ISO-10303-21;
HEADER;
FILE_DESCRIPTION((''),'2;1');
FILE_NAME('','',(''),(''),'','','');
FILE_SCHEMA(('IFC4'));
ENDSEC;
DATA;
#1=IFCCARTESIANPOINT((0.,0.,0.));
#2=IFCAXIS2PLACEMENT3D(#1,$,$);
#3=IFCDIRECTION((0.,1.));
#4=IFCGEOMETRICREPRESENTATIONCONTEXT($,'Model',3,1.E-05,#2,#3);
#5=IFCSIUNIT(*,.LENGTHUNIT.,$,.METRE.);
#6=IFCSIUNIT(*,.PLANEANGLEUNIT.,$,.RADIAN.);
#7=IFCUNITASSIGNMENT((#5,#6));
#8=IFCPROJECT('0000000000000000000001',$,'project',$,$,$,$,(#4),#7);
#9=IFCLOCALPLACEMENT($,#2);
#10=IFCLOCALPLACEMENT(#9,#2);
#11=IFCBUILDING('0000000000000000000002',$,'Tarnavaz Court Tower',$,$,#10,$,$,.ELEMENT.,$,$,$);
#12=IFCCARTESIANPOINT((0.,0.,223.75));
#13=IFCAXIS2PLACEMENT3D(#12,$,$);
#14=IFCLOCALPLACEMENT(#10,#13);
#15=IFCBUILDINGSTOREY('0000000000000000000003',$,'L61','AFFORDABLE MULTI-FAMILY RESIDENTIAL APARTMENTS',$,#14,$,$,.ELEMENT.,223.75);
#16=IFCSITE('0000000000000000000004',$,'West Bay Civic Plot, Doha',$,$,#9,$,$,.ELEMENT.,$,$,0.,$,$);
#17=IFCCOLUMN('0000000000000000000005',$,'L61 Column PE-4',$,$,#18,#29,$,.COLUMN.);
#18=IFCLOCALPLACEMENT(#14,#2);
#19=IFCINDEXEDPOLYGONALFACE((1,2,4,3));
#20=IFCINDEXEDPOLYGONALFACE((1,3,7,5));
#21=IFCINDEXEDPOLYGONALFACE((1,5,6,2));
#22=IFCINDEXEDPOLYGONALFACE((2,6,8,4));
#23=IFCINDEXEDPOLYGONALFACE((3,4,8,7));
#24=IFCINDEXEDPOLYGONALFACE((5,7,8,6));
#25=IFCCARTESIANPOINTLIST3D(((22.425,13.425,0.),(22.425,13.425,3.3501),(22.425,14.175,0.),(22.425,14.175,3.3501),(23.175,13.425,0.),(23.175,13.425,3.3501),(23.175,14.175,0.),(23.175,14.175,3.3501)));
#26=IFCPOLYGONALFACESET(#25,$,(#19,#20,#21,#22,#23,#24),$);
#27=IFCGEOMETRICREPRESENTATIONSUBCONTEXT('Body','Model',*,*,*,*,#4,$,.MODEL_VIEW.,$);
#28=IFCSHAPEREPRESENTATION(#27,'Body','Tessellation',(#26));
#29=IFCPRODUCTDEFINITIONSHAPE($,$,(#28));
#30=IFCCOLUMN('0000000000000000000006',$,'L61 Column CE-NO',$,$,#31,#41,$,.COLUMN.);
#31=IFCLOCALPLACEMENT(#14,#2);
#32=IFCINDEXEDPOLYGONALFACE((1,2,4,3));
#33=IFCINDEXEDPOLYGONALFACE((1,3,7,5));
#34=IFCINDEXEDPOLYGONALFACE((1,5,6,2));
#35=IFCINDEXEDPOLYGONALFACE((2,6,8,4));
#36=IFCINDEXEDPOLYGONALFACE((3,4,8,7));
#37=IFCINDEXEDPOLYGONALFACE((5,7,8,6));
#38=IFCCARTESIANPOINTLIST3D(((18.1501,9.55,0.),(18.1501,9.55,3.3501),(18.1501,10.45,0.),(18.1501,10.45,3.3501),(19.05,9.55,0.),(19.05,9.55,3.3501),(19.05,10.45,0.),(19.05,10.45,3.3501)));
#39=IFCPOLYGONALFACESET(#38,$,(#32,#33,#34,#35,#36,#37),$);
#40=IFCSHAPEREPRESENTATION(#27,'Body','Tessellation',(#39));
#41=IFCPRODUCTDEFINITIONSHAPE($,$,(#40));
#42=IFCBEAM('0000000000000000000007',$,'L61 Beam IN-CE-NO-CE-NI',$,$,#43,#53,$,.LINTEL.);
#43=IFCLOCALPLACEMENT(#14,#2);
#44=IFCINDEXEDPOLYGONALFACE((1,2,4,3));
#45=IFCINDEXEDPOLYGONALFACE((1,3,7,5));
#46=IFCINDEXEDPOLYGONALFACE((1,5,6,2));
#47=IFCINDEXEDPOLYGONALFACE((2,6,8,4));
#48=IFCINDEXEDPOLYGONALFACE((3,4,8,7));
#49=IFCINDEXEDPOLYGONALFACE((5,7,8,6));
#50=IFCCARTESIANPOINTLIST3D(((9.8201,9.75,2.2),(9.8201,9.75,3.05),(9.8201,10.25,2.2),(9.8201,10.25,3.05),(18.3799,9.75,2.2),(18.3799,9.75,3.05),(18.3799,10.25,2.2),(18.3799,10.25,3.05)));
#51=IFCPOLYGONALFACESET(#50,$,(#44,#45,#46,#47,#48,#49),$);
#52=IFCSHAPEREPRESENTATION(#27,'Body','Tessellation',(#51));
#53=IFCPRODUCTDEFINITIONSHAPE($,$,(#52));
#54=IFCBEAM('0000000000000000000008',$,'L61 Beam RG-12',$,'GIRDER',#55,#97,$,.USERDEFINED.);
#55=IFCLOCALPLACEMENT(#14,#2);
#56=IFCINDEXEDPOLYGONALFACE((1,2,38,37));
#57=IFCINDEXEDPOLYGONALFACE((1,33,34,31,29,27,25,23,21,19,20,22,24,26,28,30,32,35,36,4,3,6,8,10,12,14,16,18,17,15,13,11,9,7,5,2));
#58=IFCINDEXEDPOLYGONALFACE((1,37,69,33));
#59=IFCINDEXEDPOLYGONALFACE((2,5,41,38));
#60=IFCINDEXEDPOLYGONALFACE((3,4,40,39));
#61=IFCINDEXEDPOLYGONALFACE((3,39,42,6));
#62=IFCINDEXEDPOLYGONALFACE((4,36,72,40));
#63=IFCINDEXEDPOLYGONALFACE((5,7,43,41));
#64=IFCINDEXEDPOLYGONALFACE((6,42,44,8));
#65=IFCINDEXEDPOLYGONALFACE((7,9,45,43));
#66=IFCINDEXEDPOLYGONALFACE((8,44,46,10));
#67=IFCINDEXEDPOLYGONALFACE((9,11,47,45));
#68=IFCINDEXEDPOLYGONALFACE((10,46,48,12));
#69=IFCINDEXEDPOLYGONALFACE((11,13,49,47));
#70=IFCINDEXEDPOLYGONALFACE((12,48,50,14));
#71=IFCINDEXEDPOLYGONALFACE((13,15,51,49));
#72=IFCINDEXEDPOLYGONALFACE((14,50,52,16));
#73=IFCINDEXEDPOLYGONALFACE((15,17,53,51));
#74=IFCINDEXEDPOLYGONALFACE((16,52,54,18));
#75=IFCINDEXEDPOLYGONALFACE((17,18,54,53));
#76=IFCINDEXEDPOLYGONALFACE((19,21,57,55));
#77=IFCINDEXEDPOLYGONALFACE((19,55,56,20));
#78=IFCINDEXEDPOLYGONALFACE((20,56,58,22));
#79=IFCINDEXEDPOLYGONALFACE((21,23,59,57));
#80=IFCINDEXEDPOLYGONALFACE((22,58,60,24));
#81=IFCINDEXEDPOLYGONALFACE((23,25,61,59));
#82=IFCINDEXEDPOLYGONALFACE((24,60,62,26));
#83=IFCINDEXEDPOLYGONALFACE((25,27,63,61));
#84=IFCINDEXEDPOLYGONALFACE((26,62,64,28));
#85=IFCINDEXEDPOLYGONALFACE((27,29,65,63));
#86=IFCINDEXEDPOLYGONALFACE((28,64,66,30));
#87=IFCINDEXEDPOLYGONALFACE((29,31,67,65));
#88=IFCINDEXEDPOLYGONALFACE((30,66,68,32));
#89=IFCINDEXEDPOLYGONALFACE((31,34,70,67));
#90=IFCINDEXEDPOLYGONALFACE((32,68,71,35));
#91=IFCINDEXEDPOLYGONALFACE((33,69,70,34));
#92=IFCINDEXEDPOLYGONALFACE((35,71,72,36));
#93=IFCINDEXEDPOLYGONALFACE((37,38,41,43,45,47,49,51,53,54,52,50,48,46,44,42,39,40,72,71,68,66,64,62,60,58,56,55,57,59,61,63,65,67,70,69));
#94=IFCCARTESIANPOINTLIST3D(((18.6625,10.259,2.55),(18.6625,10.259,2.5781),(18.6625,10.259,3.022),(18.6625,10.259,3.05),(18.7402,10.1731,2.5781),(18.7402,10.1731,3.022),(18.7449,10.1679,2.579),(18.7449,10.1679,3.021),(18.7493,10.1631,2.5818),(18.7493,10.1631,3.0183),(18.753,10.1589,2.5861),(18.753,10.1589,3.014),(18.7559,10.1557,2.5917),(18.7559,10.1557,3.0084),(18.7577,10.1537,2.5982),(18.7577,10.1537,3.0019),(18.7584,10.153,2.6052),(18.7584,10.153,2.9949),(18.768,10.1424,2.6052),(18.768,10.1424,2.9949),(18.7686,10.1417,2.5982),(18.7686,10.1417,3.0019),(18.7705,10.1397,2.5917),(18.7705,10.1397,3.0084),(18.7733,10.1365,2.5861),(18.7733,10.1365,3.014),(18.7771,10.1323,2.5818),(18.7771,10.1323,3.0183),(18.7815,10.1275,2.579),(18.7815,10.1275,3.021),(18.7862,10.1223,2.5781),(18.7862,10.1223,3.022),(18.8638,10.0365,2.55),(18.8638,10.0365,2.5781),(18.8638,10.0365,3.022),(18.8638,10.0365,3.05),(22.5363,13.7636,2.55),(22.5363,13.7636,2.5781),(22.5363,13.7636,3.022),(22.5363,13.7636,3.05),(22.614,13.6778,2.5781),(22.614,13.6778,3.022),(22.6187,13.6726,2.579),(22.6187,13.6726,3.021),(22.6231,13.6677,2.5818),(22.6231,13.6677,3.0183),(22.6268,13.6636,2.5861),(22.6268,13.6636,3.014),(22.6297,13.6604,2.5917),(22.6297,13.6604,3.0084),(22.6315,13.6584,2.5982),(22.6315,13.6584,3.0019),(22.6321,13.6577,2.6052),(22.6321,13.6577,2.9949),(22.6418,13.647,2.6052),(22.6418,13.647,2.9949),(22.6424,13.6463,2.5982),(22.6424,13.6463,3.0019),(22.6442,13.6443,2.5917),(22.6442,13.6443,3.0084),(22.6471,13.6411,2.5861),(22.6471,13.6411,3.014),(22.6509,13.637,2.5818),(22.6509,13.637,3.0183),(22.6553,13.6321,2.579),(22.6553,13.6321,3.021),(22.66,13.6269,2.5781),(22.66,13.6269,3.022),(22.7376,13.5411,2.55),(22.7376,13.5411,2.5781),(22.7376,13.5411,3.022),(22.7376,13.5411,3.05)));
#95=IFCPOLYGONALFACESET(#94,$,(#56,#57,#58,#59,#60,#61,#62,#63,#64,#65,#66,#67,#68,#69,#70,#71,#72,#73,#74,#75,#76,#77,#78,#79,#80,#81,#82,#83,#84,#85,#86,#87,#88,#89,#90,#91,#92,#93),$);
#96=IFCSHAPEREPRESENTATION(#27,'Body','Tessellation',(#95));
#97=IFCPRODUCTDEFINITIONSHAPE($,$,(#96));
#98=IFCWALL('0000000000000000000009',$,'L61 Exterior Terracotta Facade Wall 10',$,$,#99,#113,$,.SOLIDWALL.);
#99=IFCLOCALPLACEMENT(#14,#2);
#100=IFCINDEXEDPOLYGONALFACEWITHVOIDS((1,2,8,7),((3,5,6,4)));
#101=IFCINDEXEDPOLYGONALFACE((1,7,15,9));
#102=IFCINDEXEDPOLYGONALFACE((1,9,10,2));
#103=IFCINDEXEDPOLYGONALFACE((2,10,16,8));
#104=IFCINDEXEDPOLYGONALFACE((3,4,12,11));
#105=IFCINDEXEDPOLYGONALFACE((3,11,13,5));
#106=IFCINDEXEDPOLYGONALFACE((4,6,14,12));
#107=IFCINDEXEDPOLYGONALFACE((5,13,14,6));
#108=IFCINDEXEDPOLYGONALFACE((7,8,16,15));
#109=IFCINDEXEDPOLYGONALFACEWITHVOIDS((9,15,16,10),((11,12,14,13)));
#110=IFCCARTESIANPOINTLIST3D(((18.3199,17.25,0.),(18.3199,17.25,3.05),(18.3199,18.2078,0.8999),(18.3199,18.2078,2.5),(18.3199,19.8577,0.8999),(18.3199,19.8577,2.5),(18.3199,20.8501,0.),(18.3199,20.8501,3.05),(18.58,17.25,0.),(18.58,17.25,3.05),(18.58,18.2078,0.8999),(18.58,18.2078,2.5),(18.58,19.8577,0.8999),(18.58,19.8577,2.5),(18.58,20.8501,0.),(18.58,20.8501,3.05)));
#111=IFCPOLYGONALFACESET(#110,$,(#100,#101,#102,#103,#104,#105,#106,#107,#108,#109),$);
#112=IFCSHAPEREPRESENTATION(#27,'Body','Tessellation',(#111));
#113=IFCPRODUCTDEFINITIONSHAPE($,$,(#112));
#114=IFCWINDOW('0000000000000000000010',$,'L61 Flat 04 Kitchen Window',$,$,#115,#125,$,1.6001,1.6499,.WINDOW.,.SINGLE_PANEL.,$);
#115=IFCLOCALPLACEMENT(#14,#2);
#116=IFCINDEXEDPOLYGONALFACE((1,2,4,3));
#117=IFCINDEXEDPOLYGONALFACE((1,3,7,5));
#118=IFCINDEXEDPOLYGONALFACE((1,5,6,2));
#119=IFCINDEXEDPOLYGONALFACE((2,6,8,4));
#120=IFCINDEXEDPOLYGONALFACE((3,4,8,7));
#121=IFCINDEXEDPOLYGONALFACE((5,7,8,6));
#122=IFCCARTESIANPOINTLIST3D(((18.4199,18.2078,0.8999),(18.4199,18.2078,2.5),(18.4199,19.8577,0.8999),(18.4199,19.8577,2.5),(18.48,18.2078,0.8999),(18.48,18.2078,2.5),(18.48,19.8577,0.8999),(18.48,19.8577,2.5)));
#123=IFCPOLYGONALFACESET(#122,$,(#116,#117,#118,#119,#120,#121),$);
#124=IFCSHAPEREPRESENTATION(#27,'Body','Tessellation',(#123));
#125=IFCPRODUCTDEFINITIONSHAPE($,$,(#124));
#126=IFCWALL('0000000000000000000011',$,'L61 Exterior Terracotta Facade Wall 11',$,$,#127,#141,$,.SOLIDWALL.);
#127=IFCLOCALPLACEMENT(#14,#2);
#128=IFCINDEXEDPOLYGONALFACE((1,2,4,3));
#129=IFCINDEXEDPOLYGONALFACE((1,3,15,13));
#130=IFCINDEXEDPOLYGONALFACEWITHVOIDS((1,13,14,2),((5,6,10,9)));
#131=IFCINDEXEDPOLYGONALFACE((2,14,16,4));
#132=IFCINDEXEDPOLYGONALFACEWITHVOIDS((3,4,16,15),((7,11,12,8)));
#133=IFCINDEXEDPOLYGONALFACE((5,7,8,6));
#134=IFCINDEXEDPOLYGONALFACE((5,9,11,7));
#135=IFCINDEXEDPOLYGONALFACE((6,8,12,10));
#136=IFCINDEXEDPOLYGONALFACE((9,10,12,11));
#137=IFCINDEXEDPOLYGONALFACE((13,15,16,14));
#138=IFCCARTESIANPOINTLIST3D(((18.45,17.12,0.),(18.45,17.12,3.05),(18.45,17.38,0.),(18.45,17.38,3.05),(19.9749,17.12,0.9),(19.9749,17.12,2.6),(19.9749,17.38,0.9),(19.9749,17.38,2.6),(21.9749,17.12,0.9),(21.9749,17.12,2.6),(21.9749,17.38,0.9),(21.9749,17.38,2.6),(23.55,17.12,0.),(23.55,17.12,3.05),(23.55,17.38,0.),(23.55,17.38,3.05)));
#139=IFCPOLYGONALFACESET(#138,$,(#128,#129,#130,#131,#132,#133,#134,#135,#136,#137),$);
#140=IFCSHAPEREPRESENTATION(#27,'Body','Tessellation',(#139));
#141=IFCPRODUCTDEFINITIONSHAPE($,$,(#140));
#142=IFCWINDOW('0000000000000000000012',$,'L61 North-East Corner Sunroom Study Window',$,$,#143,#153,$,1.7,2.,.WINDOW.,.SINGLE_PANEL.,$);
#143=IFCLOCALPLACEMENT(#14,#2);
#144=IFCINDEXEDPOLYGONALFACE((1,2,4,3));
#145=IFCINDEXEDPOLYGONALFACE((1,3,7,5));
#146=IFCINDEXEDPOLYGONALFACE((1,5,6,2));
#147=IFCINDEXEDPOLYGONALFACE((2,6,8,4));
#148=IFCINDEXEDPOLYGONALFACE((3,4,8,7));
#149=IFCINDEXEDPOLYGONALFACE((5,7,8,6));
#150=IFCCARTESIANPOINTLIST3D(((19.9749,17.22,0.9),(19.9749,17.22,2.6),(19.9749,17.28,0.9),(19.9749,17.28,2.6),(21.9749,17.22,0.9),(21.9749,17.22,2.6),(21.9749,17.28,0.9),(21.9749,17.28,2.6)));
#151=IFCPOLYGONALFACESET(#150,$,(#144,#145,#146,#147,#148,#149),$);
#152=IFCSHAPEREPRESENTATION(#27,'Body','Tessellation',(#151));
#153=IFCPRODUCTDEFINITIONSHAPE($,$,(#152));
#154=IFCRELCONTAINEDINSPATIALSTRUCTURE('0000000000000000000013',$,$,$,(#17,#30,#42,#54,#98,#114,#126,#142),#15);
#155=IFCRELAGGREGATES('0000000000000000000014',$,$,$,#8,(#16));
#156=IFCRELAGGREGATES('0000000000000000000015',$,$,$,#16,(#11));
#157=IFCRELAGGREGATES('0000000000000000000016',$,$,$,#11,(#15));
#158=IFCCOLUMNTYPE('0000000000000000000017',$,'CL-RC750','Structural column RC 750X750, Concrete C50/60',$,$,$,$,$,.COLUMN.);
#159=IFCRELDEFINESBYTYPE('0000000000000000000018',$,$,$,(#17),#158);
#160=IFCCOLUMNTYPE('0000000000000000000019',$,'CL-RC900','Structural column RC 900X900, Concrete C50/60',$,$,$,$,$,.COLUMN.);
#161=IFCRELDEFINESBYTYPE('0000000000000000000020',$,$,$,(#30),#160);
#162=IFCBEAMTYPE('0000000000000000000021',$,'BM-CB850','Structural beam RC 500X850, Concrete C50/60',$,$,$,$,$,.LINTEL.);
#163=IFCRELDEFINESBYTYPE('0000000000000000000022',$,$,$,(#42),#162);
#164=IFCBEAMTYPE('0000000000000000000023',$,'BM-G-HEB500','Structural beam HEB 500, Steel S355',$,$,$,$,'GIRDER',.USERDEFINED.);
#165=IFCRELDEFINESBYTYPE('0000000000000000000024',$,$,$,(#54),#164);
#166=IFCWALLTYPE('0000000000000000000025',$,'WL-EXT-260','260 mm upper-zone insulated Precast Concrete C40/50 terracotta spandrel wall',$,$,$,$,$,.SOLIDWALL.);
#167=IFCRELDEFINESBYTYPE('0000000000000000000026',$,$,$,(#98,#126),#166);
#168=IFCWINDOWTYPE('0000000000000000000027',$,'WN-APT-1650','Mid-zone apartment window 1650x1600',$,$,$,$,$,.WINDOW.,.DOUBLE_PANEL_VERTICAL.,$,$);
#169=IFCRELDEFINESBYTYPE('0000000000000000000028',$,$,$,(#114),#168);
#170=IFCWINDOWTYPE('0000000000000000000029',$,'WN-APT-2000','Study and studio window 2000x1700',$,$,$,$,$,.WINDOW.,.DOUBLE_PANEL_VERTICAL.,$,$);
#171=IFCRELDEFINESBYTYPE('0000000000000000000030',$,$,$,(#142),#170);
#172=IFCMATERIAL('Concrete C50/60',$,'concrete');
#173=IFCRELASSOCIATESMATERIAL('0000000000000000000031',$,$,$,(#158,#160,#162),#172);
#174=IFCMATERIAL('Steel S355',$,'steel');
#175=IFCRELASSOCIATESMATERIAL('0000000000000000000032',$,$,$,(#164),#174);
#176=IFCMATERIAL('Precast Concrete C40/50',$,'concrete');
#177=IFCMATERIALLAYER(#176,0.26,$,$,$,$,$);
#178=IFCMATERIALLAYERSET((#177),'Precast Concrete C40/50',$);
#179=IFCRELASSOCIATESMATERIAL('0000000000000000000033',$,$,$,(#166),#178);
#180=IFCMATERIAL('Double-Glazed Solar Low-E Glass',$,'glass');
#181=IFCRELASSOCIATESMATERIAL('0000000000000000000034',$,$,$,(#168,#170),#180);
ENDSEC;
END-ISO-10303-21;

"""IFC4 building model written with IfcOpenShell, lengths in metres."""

from ifc_helpers import new_model, si_unit, direction, frame, frame_2d, origin, origin_2d, place, context, subcontext, project, spatial, rectangle, i_section, extrude, material, layer, layer_set, material_profile, profile_set, type_object, element, fill, save


model = new_model("IFC4")

# Units and contexts
model_context = context("Model", 3, precision=1e-05, world=origin(), true_north=direction((0.0, 1.0)))
body_context = subcontext(model_context, "Body", "Model", "MODEL_VIEW")
ifc_project = project(units=[si_unit("LENGTHUNIT", "METRE"), si_unit("PLANEANGLEUNIT", "RADIAN")], contexts=[model_context])

# Site, building, storey
site_placement = place(None, origin())
site = spatial("IfcSite", under=ifc_project, at=site_placement, Name="West Bay Civic Plot, Doha", CompositionType="ELEMENT", RefElevation=0.0)
building_placement = place(site_placement, origin())
building = spatial("IfcBuilding", under=site, at=building_placement, Name="Tarnavaz Court Tower", CompositionType="ELEMENT")
storey_placement = place(building_placement, frame((0.0, 0.0, 223.75)))
storey = spatial("IfcBuildingStorey", under=building, at=storey_placement, Name="L61", Description="AFFORDABLE MULTI-FAMILY RESIDENTIAL APARTMENTS", CompositionType="ELEMENT", Elevation=223.75)

# Columns
ifc_material_1 = material(Name="Concrete C50/60", Category="concrete")
ifc_material_profile_1 = material_profile(ifc_material_1, rectangle(XDim=0.75, YDim=0.75, at=origin_2d()), Name="RC 750X750")
ifc_profile_set_1 = profile_set([ifc_material_profile_1], Name="Concrete C50/60")
column_type_1 = type_object("IfcColumnType", Name="CL-RC750", Description="Structural column RC 750X750, Concrete C50/60", PredefinedType="COLUMN", material=ifc_profile_set_1)
column_1_placement = place(storey_placement, frame((22.8, 13.8, 0.0), z_axis=(0.0, 0.0, 1.0), x_axis=(1.0, 0.0, 0.0)))
element("IfcColumn", 1, at=column_1_placement, inside=storey, type_object=column_type_1, Name="L61 Column PE-4", PredefinedType="COLUMN", context=body_context, shape_type="SweptSolid", body=[
    extrude(rectangle(XDim=0.75, YDim=0.75, at=origin_2d()), origin(), (0.0, 0.0, 1.0), 3.3501),
])
ifc_material_profile_2 = material_profile(ifc_material_1, rectangle(XDim=0.8999, YDim=0.8999, at=origin_2d()), Name="RC 900X900")
ifc_profile_set_2 = profile_set([ifc_material_profile_2], Name="Concrete C50/60")
column_type_2 = type_object("IfcColumnType", Name="CL-RC900", Description="Structural column RC 900X900, Concrete C50/60", PredefinedType="COLUMN", material=ifc_profile_set_2)
column_2_placement = place(storey_placement, frame((18.6001, 10.0, 0.0), z_axis=(0.0, 0.0, 1.0), x_axis=(1.0, 0.0, 0.0)))
element("IfcColumn", 2, at=column_2_placement, inside=storey, type_object=column_type_2, Name="L61 Column CE-NO", PredefinedType="COLUMN", context=body_context, shape_type="SweptSolid", body=[
    extrude(rectangle(XDim=0.8999, YDim=0.8999, at=origin_2d()), origin(), (0.0, 0.0, 1.0), 3.3501),
])

# Beams
ifc_material_profile_3 = material_profile(ifc_material_1, rectangle(XDim=0.5, YDim=0.8501, at=origin_2d()), Name="RC 500X850")
ifc_profile_set_3 = profile_set([ifc_material_profile_3], Name="Concrete C50/60")
beam_type_1 = type_object("IfcBeamType", Name="BM-CB850", Description="Structural beam RC 500X850, Concrete C50/60", PredefinedType="LINTEL", material=ifc_profile_set_3)
beam_1_placement = place(storey_placement, frame((18.3799, 10.0, 2.625), z_axis=(-1.0, 0.0, 0.0), x_axis=(0.0, -1.0, 0.0)))
element("IfcBeam", 3, at=beam_1_placement, inside=storey, type_object=beam_type_1, Name="L61 Beam IN-CE-NO-CE-NI", PredefinedType="LINTEL", context=body_context, shape_type="SweptSolid", body=[
    extrude(rectangle(XDim=0.5, YDim=0.8501, at=origin_2d()), origin(), (0.0, 0.0, 1.0), 8.5598),
])
ifc_material_2 = material(Name="Steel S355", Category="steel")
ifc_material_profile_4 = material_profile(ifc_material_2, i_section(OverallWidth=0.3, OverallDepth=0.5, WebThickness=0.0144, FlangeThickness=0.0281, FilletRadius=0.0271, at=origin_2d()), Name="HEB 500")
ifc_profile_set_4 = profile_set([ifc_material_profile_4], Name="Steel S355")
beam_type_2 = type_object("IfcBeamType", Name="BM-G-HEB500", Description="Structural beam HEB 500, Steel S355", ElementType="GIRDER", PredefinedType="USERDEFINED", material=ifc_profile_set_4)
beam_2_placement = place(storey_placement, frame((18.7632, 10.1477, 2.8), z_axis=(0.741556, 0.670891, 0.0), x_axis=(-0.670891, 0.741556, 0.0)))
element("IfcBeam", 4, at=beam_2_placement, inside=storey, type_object=beam_type_2, Name="L61 Beam RG-12", ObjectType="GIRDER", PredefinedType="USERDEFINED", context=body_context, shape_type="SweptSolid", body=[
    extrude(i_section(OverallWidth=0.3, OverallDepth=0.5, WebThickness=0.0144, FlangeThickness=0.0281, FilletRadius=0.0271, at=origin_2d()), origin(), (0.0, 0.0, 1.0), 5.2239),
])

# Walls, openings, windows
ifc_material_3 = material(Name="Precast Concrete C40/50", Category="concrete")
ifc_layer_1 = layer(ifc_material_3, 0.26)
ifc_layer_set_1 = layer_set([ifc_layer_1], Name="Precast Concrete C40/50")
wall_type_1 = type_object("IfcWallType", Name="WL-EXT-260", Description="260 mm upper-zone insulated Precast Concrete C40/50 terracotta spandrel wall", PredefinedType="SOLIDWALL", material=ifc_layer_set_1)
wall_1_placement = place(storey_placement, frame((18.45, 20.8501, 0.0), z_axis=(0.0, 0.0, 1.0), x_axis=(0.0, -1.0, 0.0)))
wall_1 = element("IfcWall", 5, at=wall_1_placement, inside=storey, type_object=wall_type_1, Name="L61 Exterior Terracotta Facade Wall 10", PredefinedType="SOLIDWALL", context=body_context, shape_type="SweptSolid", body=[
    extrude(rectangle(XDim=3.6001, YDim=0.26, at=frame_2d((1.8, 0.0))), origin(), (0.0, 0.0, 1.0), 3.05),
])
opening_1_placement = place(wall_1_placement, frame((0.9924, 0.0, 0.8999)))
opening_1 = element("IfcOpeningElement", 6, at=opening_1_placement, cuts=wall_1, PredefinedType="OPENING", context=body_context, shape_type="SweptSolid", body=[
    extrude(rectangle(XDim=1.6499, YDim=1.6001, at=frame_2d((0.825, 0.8))), frame((0.0, 0.1399, 0.0), z_axis=(0.0, -1.0, 0.0), x_axis=(1.0, 0.0, 0.0)), (0.0, 0.0, 1.0), 0.28),
])
ifc_material_4 = material(Name="Double-Glazed Solar Low-E Glass", Category="glass")
window_type_1 = type_object("IfcWindowType", Name="WN-APT-1650", Description="Mid-zone apartment window 1650x1600", PartitioningType="DOUBLE_PANEL_VERTICAL", PredefinedType="WINDOW", material=ifc_material_4)
window_1_placement = place(opening_1_placement, origin())
window_1 = element("IfcWindow", 7, at=window_1_placement, inside=storey, type_object=window_type_1, Name="L61 Flat 04 Kitchen Window", OverallHeight=1.6001, OverallWidth=1.6499, PartitioningType="SINGLE_PANEL", PredefinedType="WINDOW", context=body_context, shape_type="SweptSolid", body=[
    extrude(rectangle(XDim=1.6499, YDim=1.6001, at=frame_2d((0.825, 0.8))), frame((0.0, 0.03, 0.0), z_axis=(0.0, -1.0, 0.0), x_axis=(1.0, 0.0, 0.0)), (0.0, 0.0, 1.0), 0.0601),
])
fill(opening_1, window_1)
wall_2_placement = place(storey_placement, frame((18.45, 17.25, 0.0), z_axis=(0.0, 0.0, 1.0), x_axis=(1.0, 0.0, 0.0)))
wall_2 = element("IfcWall", 8, at=wall_2_placement, inside=storey, type_object=wall_type_1, Name="L61 Exterior Terracotta Facade Wall 11", PredefinedType="SOLIDWALL", context=body_context, shape_type="SweptSolid", body=[
    extrude(rectangle(XDim=5.1001, YDim=0.26, at=frame_2d((2.55, 0.0))), origin(), (0.0, 0.0, 1.0), 3.05),
])
opening_2_placement = place(wall_2_placement, frame((1.5249, 0.0, 0.8999)))
opening_2 = element("IfcOpeningElement", 9, at=opening_2_placement, cuts=wall_2, PredefinedType="OPENING", context=body_context, shape_type="SweptSolid", body=[
    extrude(rectangle(XDim=2.0, YDim=1.7, at=frame_2d((1.0, 0.8501))), frame((0.0, 0.1399, 0.0), z_axis=(0.0, -1.0, 0.0), x_axis=(1.0, 0.0, 0.0)), (0.0, 0.0, 1.0), 0.28),
])
window_type_2 = type_object("IfcWindowType", Name="WN-APT-2000", Description="Study and studio window 2000x1700", PartitioningType="DOUBLE_PANEL_VERTICAL", PredefinedType="WINDOW", material=ifc_material_4)
window_2_placement = place(opening_2_placement, origin())
window_2 = element("IfcWindow", 10, at=window_2_placement, inside=storey, type_object=window_type_2, Name="L61 North-East Corner Sunroom Study Window", OverallHeight=1.7, OverallWidth=2.0, PartitioningType="SINGLE_PANEL", PredefinedType="WINDOW", context=body_context, shape_type="SweptSolid", body=[
    extrude(rectangle(XDim=2.0, YDim=1.7, at=frame_2d((1.0, 0.8501))), frame((0.0, 0.03, 0.0), z_axis=(0.0, -1.0, 0.0), x_axis=(1.0, 0.0, 0.0)), (0.0, 0.0, 1.0), 0.0601),
])
fill(opening_2, window_2)

save(model, "model.ifc")
